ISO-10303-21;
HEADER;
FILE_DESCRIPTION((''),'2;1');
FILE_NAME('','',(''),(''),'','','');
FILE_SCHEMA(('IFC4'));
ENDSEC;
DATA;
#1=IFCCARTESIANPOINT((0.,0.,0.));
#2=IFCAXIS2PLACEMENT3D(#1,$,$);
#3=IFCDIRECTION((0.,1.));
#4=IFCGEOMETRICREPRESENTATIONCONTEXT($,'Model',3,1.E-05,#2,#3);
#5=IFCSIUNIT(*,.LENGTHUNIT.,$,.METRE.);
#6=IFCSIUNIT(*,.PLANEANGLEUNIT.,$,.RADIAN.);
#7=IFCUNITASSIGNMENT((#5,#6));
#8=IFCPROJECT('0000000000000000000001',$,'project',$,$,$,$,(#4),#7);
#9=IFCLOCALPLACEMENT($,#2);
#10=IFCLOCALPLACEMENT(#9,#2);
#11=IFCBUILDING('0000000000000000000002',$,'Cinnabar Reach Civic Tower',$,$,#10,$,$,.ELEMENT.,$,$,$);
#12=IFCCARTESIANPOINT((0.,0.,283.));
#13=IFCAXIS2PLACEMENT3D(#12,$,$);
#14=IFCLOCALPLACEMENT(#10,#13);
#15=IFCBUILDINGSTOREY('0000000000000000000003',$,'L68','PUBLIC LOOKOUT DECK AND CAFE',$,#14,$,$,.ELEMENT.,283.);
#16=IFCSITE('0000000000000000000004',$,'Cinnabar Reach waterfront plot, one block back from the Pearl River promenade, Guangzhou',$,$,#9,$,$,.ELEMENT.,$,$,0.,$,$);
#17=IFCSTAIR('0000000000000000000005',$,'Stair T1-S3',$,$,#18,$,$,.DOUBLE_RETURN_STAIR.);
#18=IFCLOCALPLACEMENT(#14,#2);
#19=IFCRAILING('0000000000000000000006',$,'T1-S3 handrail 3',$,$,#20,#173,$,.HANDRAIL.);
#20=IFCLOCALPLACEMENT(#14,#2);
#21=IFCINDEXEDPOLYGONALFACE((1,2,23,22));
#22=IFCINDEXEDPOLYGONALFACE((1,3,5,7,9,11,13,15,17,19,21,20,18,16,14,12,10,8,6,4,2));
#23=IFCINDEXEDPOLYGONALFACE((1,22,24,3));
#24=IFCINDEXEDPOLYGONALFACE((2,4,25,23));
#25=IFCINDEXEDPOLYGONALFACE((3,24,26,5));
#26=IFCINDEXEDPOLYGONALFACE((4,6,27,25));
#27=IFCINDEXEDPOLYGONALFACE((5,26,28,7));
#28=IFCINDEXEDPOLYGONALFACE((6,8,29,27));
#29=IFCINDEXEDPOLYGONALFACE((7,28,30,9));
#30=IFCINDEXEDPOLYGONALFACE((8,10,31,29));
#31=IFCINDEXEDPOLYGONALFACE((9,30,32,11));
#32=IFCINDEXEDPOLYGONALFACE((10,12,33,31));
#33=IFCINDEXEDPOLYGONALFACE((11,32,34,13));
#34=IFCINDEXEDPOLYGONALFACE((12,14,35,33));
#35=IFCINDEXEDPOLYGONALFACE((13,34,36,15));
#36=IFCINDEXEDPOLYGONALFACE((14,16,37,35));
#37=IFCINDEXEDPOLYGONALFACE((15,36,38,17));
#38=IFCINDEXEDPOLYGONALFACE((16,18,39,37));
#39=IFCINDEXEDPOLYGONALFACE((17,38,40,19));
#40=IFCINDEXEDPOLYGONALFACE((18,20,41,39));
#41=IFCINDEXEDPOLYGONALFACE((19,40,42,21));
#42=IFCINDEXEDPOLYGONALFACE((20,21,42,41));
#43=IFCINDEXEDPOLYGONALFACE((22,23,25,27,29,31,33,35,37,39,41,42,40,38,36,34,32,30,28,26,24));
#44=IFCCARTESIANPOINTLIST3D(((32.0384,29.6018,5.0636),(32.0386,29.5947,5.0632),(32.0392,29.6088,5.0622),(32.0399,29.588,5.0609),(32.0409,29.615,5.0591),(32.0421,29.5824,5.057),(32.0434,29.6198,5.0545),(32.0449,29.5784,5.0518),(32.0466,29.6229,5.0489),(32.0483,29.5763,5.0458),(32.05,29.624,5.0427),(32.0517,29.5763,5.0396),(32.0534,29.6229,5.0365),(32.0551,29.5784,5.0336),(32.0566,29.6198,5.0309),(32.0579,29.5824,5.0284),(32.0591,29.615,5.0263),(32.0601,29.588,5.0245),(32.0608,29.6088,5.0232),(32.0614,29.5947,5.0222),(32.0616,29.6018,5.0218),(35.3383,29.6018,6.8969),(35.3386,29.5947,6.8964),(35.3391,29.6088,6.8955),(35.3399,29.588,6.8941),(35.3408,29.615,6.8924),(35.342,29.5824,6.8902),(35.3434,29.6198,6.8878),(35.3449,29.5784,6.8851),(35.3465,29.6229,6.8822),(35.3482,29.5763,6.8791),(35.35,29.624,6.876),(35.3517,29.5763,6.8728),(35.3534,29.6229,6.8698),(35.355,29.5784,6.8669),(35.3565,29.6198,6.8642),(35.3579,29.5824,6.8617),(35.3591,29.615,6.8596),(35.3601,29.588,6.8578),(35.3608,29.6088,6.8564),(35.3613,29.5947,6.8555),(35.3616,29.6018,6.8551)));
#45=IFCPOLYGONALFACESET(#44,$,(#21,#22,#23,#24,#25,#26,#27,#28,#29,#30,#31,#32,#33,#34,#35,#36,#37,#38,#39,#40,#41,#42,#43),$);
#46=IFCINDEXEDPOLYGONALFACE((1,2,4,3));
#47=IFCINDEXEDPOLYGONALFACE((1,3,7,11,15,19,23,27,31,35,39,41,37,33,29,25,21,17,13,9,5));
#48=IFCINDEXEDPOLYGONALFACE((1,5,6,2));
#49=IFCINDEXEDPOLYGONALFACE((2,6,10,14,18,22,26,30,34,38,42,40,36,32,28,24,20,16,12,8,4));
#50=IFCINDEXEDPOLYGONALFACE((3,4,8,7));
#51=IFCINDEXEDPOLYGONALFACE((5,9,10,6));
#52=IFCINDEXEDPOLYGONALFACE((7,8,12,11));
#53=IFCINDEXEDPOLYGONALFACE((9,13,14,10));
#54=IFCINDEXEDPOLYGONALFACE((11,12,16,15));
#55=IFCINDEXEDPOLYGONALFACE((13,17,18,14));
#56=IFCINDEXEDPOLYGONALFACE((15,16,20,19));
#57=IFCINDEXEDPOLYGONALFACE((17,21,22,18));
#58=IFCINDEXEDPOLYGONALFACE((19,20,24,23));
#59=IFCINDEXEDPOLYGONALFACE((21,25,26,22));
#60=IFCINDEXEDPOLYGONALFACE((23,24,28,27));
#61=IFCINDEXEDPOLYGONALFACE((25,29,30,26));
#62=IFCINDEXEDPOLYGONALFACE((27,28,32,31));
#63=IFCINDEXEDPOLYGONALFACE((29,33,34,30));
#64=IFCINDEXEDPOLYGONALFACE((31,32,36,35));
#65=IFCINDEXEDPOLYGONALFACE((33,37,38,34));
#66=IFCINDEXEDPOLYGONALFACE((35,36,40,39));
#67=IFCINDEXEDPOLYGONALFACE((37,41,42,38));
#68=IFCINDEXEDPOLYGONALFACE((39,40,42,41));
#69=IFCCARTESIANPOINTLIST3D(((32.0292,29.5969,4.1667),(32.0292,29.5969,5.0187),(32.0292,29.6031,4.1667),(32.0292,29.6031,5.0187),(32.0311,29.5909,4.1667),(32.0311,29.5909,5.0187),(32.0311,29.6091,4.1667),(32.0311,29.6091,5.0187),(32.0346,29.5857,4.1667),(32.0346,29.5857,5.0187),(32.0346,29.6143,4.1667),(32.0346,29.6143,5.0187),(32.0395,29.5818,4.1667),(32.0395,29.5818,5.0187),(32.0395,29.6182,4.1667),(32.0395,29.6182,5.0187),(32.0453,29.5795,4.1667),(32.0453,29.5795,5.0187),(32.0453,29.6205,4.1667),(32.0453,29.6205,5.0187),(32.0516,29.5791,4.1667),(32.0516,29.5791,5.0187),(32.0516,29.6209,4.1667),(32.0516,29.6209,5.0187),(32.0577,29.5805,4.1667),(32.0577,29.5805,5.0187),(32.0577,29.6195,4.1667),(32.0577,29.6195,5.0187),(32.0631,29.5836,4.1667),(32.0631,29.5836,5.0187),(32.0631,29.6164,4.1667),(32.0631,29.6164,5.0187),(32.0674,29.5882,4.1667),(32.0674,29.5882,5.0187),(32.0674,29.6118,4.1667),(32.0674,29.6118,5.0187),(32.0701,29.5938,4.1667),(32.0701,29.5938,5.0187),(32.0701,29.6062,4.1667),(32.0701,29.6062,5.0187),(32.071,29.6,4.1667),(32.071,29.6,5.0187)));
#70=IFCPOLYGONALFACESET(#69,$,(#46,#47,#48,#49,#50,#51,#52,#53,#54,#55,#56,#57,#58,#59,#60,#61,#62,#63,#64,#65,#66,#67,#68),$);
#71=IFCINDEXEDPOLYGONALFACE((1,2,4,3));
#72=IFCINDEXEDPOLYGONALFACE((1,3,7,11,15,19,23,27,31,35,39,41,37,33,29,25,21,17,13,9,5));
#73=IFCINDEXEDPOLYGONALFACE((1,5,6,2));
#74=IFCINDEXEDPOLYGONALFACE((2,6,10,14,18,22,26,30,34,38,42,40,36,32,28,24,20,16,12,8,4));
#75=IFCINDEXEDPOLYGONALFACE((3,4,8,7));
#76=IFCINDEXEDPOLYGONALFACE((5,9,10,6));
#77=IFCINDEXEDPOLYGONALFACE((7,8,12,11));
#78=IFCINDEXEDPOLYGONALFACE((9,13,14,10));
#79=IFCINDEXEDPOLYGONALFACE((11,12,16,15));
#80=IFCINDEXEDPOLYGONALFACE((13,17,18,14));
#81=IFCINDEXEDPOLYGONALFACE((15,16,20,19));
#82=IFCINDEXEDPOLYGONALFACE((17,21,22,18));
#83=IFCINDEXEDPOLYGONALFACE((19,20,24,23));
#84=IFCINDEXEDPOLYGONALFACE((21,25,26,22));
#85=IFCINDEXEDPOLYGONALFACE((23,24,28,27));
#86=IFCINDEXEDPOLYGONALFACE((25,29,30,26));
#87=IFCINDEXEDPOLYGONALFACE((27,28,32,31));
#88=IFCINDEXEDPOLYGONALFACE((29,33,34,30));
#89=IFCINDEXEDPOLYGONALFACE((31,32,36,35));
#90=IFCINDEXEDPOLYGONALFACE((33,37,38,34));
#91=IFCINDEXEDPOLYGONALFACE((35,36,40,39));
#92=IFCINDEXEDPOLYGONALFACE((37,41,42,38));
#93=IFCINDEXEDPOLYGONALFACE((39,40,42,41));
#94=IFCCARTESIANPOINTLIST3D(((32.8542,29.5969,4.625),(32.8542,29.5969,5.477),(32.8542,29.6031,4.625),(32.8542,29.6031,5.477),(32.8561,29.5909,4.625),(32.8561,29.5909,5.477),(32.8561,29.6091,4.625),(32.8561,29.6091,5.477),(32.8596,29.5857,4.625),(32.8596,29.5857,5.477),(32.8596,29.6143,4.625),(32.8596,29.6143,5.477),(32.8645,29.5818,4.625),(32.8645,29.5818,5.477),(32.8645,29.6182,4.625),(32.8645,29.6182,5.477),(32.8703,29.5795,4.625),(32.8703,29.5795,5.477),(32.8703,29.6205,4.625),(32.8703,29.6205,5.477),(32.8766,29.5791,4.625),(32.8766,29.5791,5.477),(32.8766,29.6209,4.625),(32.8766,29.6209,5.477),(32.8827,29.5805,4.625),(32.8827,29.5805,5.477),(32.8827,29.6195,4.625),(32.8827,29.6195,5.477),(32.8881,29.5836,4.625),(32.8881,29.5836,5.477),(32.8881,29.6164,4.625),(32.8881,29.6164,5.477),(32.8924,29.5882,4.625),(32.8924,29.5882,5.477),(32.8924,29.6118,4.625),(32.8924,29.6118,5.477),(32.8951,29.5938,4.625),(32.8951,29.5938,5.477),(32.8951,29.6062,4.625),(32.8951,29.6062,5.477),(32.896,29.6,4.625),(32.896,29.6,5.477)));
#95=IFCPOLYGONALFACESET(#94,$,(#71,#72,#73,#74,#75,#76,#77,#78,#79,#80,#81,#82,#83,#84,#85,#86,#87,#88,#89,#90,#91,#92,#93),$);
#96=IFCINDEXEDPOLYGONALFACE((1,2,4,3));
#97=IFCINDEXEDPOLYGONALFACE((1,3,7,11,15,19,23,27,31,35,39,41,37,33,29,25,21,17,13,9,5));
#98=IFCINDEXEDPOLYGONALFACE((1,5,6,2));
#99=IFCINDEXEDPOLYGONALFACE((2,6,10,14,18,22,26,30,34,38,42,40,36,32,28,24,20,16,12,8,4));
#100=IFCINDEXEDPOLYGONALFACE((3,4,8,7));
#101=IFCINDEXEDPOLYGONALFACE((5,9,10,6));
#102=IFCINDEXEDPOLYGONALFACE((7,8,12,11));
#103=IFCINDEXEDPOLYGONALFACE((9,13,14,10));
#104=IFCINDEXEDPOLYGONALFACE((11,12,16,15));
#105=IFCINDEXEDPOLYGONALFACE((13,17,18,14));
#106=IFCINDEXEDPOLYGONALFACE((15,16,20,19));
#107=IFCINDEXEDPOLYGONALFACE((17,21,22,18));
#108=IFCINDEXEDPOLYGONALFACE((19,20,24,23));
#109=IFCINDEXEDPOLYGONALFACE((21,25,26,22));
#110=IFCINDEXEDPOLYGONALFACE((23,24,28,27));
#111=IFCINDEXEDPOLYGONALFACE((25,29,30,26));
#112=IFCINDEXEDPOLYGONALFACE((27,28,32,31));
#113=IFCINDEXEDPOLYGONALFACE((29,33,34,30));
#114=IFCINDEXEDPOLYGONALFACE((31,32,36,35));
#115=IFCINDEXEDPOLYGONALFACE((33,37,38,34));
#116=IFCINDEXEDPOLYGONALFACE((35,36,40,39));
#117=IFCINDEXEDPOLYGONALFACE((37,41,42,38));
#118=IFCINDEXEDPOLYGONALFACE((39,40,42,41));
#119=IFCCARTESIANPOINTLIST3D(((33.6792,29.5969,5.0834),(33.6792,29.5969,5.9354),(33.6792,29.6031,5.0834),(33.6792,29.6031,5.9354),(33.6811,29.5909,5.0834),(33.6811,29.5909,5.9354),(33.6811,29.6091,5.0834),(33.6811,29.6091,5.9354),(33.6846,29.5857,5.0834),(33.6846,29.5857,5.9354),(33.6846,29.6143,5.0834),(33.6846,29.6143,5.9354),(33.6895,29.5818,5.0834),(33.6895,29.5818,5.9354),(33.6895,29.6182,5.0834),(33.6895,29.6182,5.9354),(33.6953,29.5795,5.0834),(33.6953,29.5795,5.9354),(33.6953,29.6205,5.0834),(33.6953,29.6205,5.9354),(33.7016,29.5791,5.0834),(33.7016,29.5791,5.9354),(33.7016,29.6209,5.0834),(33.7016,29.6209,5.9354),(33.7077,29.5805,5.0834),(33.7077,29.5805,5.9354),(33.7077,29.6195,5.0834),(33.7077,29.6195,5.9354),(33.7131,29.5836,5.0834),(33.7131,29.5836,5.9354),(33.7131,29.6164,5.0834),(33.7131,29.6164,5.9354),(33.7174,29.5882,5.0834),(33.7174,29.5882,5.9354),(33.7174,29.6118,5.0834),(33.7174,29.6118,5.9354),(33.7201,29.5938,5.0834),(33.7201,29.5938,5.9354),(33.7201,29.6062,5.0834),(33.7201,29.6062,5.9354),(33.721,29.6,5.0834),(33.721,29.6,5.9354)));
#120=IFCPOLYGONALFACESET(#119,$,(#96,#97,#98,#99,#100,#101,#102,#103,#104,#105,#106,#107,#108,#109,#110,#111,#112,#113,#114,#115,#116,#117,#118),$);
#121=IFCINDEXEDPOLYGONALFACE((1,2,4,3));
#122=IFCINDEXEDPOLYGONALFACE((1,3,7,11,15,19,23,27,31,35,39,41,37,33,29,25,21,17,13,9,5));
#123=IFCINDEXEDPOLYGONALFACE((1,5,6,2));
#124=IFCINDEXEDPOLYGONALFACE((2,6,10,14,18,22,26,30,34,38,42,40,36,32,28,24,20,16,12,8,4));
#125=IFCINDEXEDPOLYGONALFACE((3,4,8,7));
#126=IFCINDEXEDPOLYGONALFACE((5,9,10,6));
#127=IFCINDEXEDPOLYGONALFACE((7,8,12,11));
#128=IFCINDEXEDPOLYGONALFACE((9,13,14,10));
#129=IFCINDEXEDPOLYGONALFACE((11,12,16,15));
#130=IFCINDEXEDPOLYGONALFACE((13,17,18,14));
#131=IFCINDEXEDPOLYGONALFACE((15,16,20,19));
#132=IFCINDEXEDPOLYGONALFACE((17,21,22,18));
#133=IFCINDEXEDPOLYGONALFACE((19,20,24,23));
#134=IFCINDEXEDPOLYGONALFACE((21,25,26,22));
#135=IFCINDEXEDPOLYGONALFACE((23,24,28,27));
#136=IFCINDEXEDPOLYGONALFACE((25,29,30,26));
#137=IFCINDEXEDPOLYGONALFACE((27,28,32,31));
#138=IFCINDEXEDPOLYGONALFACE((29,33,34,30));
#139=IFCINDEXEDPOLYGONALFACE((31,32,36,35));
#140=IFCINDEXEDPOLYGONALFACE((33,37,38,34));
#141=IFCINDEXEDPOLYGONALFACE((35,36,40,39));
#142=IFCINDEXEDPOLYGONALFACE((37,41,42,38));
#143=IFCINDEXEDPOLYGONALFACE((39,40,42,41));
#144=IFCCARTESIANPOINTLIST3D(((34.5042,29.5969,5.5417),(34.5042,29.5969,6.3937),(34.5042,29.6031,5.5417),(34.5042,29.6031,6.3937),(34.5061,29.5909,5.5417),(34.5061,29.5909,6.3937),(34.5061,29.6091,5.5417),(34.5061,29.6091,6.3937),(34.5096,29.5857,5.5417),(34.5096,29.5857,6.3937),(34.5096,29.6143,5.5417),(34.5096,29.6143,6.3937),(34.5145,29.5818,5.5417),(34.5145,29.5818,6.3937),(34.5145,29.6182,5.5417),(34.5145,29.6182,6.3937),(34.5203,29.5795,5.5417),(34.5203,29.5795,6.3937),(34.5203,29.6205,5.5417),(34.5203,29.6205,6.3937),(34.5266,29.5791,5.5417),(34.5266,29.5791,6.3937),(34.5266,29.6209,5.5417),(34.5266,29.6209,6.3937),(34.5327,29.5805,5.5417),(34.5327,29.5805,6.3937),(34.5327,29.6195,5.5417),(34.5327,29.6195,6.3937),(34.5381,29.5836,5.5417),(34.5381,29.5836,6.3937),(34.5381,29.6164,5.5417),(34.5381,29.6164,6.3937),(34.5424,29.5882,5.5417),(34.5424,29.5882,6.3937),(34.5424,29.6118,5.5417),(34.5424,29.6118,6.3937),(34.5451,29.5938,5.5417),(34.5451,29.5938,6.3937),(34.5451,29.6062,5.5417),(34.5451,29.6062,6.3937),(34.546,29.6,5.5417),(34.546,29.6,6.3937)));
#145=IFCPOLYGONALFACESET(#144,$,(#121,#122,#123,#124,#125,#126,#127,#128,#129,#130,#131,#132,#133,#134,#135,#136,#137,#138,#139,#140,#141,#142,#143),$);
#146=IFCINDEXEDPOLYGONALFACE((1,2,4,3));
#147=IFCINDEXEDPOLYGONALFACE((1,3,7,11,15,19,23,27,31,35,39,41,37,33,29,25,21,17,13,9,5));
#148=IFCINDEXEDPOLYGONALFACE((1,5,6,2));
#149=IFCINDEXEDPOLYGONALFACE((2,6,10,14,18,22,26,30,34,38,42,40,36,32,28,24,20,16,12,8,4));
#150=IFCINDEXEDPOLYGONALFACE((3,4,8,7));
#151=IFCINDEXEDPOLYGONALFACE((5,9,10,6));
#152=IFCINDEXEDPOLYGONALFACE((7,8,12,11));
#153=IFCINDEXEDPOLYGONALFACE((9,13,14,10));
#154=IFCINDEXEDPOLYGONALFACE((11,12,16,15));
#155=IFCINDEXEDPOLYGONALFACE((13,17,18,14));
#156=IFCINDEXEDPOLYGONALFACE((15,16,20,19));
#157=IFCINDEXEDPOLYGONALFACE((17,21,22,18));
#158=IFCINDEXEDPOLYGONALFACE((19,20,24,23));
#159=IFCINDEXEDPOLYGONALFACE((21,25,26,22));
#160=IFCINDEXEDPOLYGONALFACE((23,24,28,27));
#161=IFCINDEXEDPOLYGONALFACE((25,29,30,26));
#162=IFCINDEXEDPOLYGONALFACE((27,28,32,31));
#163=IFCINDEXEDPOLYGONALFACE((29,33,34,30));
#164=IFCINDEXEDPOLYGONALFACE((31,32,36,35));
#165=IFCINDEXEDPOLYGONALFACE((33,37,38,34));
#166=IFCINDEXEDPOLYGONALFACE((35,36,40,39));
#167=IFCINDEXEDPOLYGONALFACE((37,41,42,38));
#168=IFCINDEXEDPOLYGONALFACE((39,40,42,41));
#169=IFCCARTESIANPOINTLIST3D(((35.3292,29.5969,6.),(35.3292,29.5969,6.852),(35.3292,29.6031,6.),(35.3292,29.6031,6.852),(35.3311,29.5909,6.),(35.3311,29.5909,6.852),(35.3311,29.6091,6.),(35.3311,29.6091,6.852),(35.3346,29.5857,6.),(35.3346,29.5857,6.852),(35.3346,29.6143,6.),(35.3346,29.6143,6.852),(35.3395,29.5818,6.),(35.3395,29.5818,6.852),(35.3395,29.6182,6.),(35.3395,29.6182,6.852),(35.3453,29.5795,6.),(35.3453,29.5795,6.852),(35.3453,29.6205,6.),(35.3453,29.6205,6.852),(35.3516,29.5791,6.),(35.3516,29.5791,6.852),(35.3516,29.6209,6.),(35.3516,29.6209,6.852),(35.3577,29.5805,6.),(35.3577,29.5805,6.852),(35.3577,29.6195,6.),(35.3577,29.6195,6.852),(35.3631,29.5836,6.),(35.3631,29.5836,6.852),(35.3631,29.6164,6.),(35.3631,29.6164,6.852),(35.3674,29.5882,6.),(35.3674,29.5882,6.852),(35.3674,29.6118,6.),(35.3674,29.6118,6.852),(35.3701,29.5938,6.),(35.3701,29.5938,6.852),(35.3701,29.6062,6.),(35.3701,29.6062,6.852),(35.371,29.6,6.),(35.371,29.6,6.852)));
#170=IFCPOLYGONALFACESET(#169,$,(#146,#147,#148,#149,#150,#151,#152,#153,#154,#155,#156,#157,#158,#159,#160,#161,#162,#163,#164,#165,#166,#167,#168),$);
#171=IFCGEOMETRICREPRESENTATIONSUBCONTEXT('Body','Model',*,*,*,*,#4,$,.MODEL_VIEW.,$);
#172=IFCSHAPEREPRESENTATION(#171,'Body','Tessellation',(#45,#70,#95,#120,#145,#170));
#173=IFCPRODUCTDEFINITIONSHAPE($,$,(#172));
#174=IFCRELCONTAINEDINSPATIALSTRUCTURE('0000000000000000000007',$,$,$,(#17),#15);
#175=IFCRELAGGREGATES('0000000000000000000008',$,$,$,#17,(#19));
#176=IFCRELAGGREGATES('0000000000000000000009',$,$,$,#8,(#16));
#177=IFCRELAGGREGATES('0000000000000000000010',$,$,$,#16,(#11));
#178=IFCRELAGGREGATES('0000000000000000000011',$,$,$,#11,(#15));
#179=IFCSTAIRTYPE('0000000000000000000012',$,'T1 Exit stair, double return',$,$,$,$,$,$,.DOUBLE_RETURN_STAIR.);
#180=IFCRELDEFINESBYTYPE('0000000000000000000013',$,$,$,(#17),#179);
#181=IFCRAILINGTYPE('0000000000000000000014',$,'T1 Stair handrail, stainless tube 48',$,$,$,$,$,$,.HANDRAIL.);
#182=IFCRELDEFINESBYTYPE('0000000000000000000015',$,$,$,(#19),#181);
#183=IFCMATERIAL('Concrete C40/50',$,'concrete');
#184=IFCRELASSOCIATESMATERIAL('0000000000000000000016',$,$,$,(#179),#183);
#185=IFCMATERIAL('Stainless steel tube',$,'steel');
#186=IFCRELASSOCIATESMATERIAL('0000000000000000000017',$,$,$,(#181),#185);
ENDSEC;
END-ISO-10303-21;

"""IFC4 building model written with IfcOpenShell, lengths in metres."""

from ifc_helpers import new_model, si_unit, direction, frame, origin, origin_2d, place, context, subcontext, project, spatial, circle, extrude, material, type_object, element, aggregate, save


model = new_model("IFC4")

# Units and contexts
model_context = context("Model", 3, precision=1e-05, world=origin(), true_north=direction((0.0, 1.0)))
body_context = subcontext(model_context, "Body", "Model", "MODEL_VIEW")
ifc_project = project(units=[si_unit("LENGTHUNIT", "METRE"), si_unit("PLANEANGLEUNIT", "RADIAN")], contexts=[model_context])

# Site, building, storey
site_placement = place(None, origin())
site = spatial("IfcSite", under=ifc_project, at=site_placement, Name="Cinnabar Reach waterfront plot, one block back from the Pearl River promenade, Guangzhou", CompositionType="ELEMENT", RefElevation=0.0)
building_placement = place(site_placement, origin())
building = spatial("IfcBuilding", under=site, at=building_placement, Name="Cinnabar Reach Civic Tower", CompositionType="ELEMENT")
storey_placement = place(building_placement, frame((0.0, 0.0, 283.0)))
storey = spatial("IfcBuildingStorey", under=building, at=storey_placement, Name="L68", Description="PUBLIC LOOKOUT DECK AND CAFE", CompositionType="ELEMENT", Elevation=283.0)

# Stair, railing
ifc_material_1 = material(Name="Concrete C40/50", Category="concrete")
stair_type = type_object("IfcStairType", Name="T1 Exit stair, double return", PredefinedType="DOUBLE_RETURN_STAIR", material=ifc_material_1)
stair_placement = place(storey_placement, origin())
stair = element("IfcStair", 1, at=stair_placement, inside=storey, type_object=stair_type, Name="Stair T1-S3", PredefinedType="DOUBLE_RETURN_STAIR")
ifc_material_2 = material(Name="Stainless steel tube", Category="steel")
railing_type = type_object("IfcRailingType", Name="T1 Stair handrail, stainless tube 48", PredefinedType="HANDRAIL", material=ifc_material_2)
railing_1_placement = place(storey_placement, frame((32.05, 29.6, 4.1667)))
railing_1 = element("IfcRailing", 2, at=railing_1_placement, type_object=railing_type, Name="T1-S3 handrail 3", PredefinedType="HANDRAIL", context=body_context, shape_type="SweptSolid", body=[
    extrude(circle(Radius=0.024, at=origin_2d()), frame((0.0, 0.0, 0.876), z_axis=(0.874161, 0.0, 0.485636), x_axis=(0.0, 1.0, 0.0)), (0.0, 0.0, 1.0), 3.775),
    extrude(circle(Radius=0.021, at=origin_2d()), origin(), (0.0, 0.0, 1.0), 0.852),
    extrude(circle(Radius=0.021, at=origin_2d()), frame((0.825, 0.0, 0.4583)), (0.0, 0.0, 1.0), 0.852),
    extrude(circle(Radius=0.021, at=origin_2d()), frame((1.65, 0.0, 0.9167)), (0.0, 0.0, 1.0), 0.852),
    extrude(circle(Radius=0.021, at=origin_2d()), frame((2.475, 0.0, 1.375)), (0.0, 0.0, 1.0), 0.852),
    extrude(circle(Radius=0.021, at=origin_2d()), frame((3.3, 0.0, 1.8333)), (0.0, 0.0, 1.0), 0.852),
])
aggregate(stair, [railing_1])

save(model, "model.ifc")
